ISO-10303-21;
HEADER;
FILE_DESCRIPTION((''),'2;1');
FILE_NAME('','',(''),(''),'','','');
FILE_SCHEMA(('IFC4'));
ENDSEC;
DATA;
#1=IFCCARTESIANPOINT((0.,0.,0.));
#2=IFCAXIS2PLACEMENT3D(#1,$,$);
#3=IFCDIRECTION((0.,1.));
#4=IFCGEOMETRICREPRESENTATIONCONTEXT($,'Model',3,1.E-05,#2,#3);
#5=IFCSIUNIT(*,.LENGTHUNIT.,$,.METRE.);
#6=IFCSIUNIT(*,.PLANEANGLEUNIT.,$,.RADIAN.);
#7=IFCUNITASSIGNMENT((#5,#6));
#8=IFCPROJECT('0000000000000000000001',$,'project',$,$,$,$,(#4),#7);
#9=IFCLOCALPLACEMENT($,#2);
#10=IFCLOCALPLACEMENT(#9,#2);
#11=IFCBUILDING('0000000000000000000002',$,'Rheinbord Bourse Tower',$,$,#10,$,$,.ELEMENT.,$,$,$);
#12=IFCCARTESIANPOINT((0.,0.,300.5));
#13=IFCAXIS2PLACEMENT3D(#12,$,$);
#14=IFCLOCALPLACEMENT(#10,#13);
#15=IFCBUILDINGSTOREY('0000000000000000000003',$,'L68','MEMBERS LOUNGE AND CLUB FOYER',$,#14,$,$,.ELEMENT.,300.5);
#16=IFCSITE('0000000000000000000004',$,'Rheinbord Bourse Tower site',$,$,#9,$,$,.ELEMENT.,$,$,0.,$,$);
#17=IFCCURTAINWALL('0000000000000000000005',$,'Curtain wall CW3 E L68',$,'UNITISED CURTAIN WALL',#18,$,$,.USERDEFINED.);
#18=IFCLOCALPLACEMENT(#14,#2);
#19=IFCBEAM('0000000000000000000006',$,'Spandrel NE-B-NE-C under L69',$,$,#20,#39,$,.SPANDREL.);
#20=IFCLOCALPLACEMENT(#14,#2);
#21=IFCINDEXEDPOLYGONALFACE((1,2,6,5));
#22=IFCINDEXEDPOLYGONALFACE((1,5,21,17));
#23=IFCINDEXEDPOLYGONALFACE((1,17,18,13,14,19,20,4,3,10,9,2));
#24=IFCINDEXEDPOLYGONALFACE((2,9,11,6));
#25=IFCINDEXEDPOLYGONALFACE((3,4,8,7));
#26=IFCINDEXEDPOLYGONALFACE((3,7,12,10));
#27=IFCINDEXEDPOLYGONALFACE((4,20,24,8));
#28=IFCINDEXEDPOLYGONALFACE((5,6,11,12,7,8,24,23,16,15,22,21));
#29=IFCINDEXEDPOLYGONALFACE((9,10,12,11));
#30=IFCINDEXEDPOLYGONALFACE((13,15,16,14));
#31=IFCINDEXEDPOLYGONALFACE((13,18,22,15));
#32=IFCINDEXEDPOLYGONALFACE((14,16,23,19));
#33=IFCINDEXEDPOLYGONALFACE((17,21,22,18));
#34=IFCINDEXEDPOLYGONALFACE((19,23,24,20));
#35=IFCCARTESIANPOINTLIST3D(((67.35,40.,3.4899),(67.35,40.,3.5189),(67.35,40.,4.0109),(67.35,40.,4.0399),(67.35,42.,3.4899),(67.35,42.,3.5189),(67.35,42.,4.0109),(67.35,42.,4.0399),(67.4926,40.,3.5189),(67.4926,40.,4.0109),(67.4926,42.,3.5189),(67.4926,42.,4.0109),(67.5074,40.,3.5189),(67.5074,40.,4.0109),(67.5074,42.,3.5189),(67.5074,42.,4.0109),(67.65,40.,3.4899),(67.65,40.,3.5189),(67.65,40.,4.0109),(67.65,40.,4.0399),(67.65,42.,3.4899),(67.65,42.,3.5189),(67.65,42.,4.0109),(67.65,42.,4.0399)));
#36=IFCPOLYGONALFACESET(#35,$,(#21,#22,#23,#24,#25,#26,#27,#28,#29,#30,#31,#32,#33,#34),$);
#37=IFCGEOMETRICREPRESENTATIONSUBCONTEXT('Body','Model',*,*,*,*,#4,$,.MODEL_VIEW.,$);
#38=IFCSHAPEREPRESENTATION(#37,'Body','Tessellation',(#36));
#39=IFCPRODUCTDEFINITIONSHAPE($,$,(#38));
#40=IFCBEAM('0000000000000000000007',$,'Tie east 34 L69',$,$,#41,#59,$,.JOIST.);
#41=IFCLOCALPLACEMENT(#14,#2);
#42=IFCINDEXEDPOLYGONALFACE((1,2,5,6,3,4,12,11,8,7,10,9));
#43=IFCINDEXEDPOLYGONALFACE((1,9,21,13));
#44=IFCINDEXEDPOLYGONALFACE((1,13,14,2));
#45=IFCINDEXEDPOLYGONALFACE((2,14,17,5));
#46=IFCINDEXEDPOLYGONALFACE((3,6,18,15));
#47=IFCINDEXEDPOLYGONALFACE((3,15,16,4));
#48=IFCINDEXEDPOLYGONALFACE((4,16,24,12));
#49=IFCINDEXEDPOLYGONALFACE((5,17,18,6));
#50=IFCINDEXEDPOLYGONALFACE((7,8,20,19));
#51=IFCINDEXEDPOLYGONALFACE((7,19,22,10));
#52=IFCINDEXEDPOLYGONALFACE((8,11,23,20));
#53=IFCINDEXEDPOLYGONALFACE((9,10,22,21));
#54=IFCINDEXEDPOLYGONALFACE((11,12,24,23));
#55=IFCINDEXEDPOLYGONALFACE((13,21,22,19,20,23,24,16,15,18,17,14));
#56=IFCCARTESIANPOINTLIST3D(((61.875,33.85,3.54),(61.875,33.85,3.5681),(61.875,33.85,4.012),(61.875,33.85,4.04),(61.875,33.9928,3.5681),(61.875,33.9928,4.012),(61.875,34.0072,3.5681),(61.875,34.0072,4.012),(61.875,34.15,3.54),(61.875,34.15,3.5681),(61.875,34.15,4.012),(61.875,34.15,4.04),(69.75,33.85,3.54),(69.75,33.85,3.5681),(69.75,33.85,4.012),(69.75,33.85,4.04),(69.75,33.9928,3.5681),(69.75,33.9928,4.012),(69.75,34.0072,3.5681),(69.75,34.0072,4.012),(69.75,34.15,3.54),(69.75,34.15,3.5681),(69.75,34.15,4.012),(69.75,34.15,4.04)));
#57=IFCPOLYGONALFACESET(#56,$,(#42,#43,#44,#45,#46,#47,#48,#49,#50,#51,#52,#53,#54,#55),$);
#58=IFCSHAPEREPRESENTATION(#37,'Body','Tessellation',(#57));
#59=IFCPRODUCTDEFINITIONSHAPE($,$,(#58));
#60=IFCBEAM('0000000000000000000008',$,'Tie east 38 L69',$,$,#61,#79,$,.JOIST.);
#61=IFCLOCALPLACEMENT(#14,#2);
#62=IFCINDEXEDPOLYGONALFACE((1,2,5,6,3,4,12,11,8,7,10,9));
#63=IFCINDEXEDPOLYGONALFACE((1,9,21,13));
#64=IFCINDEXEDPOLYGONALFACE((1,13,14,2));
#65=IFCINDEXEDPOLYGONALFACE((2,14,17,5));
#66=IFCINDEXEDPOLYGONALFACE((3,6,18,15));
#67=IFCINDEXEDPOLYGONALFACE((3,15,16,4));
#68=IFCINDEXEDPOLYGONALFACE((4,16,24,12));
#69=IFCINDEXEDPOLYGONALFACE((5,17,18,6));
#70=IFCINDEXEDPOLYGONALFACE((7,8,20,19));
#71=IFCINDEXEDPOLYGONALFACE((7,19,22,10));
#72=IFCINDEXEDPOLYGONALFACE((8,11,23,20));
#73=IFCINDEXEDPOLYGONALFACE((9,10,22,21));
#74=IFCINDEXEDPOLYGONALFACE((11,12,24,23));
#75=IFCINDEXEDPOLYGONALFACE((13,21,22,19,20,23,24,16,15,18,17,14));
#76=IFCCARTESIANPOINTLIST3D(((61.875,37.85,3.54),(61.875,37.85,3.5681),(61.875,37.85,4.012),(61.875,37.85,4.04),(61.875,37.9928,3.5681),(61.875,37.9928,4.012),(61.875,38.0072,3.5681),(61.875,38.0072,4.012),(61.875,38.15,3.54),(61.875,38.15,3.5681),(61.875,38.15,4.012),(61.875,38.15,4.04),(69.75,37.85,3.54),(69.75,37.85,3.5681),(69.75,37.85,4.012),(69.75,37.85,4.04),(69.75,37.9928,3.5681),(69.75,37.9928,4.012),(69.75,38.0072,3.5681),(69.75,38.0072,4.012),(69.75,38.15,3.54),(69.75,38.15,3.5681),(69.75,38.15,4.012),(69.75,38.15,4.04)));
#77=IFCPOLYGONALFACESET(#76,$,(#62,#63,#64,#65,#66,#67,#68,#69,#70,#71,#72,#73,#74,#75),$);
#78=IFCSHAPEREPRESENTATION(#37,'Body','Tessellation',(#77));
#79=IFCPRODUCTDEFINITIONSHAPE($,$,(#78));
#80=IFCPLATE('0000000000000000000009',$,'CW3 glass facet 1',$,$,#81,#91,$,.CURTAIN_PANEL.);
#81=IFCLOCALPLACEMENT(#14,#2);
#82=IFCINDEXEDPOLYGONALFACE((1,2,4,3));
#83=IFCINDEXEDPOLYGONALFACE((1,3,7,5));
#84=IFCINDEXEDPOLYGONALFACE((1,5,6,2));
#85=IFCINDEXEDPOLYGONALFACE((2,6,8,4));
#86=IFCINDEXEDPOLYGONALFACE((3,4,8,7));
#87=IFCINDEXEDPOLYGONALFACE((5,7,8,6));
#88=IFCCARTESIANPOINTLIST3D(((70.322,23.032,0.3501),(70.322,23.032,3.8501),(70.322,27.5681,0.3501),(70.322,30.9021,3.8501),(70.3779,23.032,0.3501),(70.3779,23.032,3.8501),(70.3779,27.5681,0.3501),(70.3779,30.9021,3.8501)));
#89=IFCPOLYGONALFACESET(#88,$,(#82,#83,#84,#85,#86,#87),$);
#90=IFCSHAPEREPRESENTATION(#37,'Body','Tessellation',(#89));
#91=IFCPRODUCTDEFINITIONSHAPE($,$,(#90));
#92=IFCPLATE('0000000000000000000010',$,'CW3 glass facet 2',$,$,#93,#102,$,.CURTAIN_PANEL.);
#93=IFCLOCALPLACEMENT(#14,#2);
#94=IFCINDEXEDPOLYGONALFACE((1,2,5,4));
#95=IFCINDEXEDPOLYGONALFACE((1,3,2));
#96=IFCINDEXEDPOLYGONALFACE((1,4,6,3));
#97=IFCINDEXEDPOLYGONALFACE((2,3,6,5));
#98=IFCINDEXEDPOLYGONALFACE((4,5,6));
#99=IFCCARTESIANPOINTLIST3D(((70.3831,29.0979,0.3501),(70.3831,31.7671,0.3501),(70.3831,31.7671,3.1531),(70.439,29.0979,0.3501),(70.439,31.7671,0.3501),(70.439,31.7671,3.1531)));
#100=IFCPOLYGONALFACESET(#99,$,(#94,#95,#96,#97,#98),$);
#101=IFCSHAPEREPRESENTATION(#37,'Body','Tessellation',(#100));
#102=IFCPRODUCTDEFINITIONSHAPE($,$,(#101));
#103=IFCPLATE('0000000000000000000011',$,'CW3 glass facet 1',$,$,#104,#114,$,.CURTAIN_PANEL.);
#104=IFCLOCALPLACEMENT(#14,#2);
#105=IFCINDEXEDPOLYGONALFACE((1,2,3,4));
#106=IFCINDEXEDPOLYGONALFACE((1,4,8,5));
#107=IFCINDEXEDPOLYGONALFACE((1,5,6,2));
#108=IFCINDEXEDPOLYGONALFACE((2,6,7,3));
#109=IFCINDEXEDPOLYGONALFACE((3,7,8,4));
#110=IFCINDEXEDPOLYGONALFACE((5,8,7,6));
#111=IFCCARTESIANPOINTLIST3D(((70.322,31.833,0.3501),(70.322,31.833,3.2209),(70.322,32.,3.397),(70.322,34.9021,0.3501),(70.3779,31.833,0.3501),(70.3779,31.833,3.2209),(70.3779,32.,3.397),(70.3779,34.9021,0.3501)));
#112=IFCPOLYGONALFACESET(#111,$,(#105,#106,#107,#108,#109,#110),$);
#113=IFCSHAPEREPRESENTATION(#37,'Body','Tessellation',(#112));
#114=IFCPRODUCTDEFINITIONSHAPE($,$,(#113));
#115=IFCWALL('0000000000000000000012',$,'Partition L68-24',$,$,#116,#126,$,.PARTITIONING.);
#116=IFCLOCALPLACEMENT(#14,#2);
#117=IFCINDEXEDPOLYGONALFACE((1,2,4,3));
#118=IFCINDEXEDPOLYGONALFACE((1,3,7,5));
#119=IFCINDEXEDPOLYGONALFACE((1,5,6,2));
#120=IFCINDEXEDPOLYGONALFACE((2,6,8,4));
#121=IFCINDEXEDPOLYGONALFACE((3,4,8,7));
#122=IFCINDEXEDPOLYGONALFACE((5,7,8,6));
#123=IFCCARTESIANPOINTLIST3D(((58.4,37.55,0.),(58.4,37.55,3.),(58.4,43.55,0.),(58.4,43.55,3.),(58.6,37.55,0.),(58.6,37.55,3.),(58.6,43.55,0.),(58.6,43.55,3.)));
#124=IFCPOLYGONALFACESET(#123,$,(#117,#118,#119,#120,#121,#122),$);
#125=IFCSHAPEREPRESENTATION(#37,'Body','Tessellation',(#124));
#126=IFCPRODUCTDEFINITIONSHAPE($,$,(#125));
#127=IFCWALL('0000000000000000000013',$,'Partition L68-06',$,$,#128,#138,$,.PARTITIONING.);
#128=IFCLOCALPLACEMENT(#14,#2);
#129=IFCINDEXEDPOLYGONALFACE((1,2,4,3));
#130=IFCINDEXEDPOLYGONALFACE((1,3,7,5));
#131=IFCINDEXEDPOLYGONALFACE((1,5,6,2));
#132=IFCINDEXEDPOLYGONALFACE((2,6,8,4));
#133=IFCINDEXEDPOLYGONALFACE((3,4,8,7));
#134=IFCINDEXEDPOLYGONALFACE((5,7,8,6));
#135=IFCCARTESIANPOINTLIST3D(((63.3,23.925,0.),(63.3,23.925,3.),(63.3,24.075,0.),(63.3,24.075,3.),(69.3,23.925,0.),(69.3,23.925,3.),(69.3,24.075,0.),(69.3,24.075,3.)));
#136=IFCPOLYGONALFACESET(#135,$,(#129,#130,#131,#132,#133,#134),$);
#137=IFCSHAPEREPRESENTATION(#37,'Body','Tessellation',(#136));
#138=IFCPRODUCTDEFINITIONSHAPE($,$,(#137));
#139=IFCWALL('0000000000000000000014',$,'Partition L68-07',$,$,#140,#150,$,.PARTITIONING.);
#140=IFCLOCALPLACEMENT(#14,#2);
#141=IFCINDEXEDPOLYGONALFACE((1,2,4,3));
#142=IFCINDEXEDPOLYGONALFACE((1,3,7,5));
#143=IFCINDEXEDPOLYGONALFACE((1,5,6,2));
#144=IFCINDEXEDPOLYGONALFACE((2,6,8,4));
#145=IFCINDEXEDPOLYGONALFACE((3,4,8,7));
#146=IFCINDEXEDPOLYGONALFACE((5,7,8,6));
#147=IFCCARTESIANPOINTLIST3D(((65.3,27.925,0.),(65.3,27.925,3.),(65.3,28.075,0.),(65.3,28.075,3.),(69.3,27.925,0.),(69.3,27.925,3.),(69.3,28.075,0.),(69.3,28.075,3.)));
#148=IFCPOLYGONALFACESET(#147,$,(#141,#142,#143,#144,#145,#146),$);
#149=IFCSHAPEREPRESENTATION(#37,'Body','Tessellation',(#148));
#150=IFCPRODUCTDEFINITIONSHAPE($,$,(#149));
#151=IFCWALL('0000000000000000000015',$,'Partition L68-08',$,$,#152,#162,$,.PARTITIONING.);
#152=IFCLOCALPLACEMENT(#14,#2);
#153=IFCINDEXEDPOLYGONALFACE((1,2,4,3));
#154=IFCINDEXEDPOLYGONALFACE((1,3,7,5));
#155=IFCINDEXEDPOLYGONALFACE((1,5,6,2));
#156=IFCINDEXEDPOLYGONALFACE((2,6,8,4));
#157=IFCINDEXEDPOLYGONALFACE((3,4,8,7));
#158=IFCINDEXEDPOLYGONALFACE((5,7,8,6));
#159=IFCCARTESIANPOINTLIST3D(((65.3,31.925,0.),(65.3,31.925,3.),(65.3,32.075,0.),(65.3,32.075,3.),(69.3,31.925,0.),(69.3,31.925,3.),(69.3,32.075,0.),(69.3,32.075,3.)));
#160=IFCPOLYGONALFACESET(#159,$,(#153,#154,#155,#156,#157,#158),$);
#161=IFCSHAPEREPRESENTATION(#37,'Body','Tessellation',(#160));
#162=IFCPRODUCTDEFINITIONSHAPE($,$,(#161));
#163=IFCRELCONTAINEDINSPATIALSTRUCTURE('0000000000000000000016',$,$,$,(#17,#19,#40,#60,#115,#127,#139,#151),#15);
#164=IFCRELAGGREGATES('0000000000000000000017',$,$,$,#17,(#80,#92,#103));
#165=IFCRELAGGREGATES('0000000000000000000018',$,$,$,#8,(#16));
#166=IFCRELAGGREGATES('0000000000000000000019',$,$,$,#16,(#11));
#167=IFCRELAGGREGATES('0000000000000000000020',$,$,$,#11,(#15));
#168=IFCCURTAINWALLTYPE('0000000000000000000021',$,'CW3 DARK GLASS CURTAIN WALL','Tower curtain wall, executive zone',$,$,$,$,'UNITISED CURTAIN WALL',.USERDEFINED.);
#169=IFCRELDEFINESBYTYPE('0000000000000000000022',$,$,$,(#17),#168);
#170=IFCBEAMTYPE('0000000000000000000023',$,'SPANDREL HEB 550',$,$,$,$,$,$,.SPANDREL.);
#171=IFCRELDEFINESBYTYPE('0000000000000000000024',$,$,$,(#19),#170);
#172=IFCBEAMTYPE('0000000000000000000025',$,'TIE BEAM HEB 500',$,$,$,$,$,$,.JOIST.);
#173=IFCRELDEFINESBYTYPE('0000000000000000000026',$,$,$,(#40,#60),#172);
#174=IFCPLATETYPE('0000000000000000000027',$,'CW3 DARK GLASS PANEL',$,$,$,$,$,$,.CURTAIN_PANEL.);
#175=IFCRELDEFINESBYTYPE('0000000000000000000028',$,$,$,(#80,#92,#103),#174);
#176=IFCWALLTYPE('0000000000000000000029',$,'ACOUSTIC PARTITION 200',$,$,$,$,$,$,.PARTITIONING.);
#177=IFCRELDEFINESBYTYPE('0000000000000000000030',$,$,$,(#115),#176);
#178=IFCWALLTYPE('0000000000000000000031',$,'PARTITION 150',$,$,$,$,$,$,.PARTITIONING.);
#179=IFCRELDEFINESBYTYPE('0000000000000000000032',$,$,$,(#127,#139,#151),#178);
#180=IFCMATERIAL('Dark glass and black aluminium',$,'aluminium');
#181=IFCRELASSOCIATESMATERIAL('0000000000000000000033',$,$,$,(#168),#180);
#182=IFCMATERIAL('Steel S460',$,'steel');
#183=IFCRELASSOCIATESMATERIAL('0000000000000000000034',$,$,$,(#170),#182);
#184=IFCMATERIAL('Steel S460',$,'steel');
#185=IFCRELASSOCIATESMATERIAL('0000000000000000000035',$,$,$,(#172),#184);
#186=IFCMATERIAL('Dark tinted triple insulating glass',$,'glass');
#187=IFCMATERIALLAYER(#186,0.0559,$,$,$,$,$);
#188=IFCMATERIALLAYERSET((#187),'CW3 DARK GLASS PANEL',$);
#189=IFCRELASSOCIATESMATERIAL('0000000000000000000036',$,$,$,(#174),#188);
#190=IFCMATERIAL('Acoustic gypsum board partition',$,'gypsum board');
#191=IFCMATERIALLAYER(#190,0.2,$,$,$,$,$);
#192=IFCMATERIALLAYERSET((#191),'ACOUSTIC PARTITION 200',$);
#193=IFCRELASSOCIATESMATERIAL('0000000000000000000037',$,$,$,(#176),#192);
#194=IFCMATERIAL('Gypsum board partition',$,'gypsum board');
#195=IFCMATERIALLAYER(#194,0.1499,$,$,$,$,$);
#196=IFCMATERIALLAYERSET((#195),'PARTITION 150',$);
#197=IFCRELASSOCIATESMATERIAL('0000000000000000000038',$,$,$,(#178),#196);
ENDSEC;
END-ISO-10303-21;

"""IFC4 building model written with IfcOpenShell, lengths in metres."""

from ifc_helpers import new_model, si_unit, direction, frame, frame_2d, origin, origin_2d, place, context, subcontext, project, spatial, polyline, rectangle, i_section, outline, extrude, material, layer, layer_set, material_profile, profile_set, type_object, element, aggregate, save


model = new_model("IFC4")

# Units and contexts
model_context = context("Model", 3, precision=1e-05, world=origin(), true_north=direction((0.0, 1.0)))
body_context = subcontext(model_context, "Body", "Model", "MODEL_VIEW")
ifc_project = project(units=[si_unit("LENGTHUNIT", "METRE"), si_unit("PLANEANGLEUNIT", "RADIAN")], contexts=[model_context])

# Site, building, storey
site_placement = place(None, origin())
site = spatial("IfcSite", under=ifc_project, at=site_placement, Name="Rheinbord Bourse Tower site", CompositionType="ELEMENT", RefElevation=0.0)
building_placement = place(site_placement, origin())
building = spatial("IfcBuilding", under=site, at=building_placement, Name="Rheinbord Bourse Tower", CompositionType="ELEMENT")
storey_placement = place(building_placement, frame((0.0, 0.0, 300.5)))
storey = spatial("IfcBuildingStorey", under=building, at=storey_placement, Name="L68", Description="MEMBERS LOUNGE AND CLUB FOYER", CompositionType="ELEMENT", Elevation=300.5)

# Curtain wall
ifc_material_1 = material(Name="Dark glass and black aluminium", Category="aluminium")
curtain_wall_type = type_object("IfcCurtainWallType", Name="CW3 DARK GLASS CURTAIN WALL", Description="Tower curtain wall, executive zone", ElementType="UNITISED CURTAIN WALL", PredefinedType="USERDEFINED", material=ifc_material_1)
curtain_wall_placement = place(storey_placement, origin())
curtain_wall = element("IfcCurtainWall", 1, at=curtain_wall_placement, inside=storey, type_object=curtain_wall_type, Name="Curtain wall CW3 E L68", ObjectType="UNITISED CURTAIN WALL", PredefinedType="USERDEFINED")

# Beams
ifc_material_2 = material(Name="Steel S460", Category="steel")
ifc_material_profile_1 = material_profile(ifc_material_2, i_section(OverallWidth=0.3, OverallDepth=0.55, WebThickness=0.0149, FlangeThickness=0.0291, at=origin_2d()), Name="HEB 550")
ifc_profile_set_1 = profile_set([ifc_material_profile_1], Name="Steel S460")
beam_type_1 = type_object("IfcBeamType", Name="SPANDREL HEB 550", PredefinedType="SPANDREL", material=ifc_profile_set_1)
beam_placement = place(storey_placement, frame((67.5, 40.0, 3.7649), z_axis=(0.0, 1.0, 0.0), x_axis=(-1.0, 0.0, 0.0)))
element("IfcBeam", 2, at=beam_placement, inside=storey, type_object=beam_type_1, Name="Spandrel NE-B-NE-C under L69", PredefinedType="SPANDREL", context=body_context, shape_type="SweptSolid", body=[
    extrude(i_section(OverallWidth=0.3, OverallDepth=0.55, WebThickness=0.0149, FlangeThickness=0.0291, at=origin_2d()), origin(), (0.0, 0.0, 1.0), 2.0),
])
ifc_material_3 = material(Name="Steel S460", Category="steel")
ifc_material_profile_2 = material_profile(ifc_material_3, i_section(OverallWidth=0.3, OverallDepth=0.5, WebThickness=0.0144, FlangeThickness=0.0281, at=origin_2d()), Name="HEB 500")
ifc_profile_set_2 = profile_set([ifc_material_profile_2], Name="Steel S460")
beam_type_2 = type_object("IfcBeamType", Name="TIE BEAM HEB 500", PredefinedType="JOIST", material=ifc_profile_set_2)
for number, where, z_axis, x_axis, name in (
    (3, (61.875, 34.0, 3.79), (1.0, 0.0, 0.0), (0.0, 1.0, 0.0), "Tie east 34 L69"),
    (4, (61.875, 38.0, 3.79), (1.0, 0.0, 0.0), (0.0, 1.0, 0.0), "Tie east 38 L69"),
):
    element("IfcBeam", number, at=place(storey_placement, frame(where, z_axis=z_axis, x_axis=x_axis)), inside=storey, type_object=beam_type_2, Name=name, PredefinedType="JOIST", context=body_context, shape_type="SweptSolid", body=[
        extrude(i_section(OverallWidth=0.3, OverallDepth=0.5, WebThickness=0.0144, FlangeThickness=0.0281, at=origin_2d()), origin(), (0.0, 0.0, 1.0), 7.875),
    ])

# Plates
ifc_material_4 = material(Name="Dark tinted triple insulating glass", Category="glass")
ifc_layer_1 = layer(ifc_material_4, 0.0559)
ifc_layer_set_1 = layer_set([ifc_layer_1], Name="CW3 DARK GLASS PANEL")
plate_type = type_object("IfcPlateType", Name="CW3 DARK GLASS PANEL", PredefinedType="CURTAIN_PANEL", material=ifc_layer_set_1)
plate_1_placement = place(storey_placement, frame((70.3779, 23.032, 0.3501), z_axis=(-1.0, 0.0, 0.0), x_axis=(0.0, 0.0, 1.0)))
plate_1 = element("IfcPlate", 5, at=plate_1_placement, type_object=plate_type, Name="CW3 glass facet 1", PredefinedType="CURTAIN_PANEL", context=body_context, shape_type="SweptSolid", body=[
    extrude(outline(polyline([(0.0, 0.0), (3.5, 0.0), (3.5, 7.8701), (0.0, 4.5361), (0.0, 0.0)])), origin(), (0.0, 0.0, 1.0), 0.0559),
])
plate_2_placement = place(storey_placement, frame((70.439, 31.7671, 0.3501), z_axis=(-1.0, 0.0, 0.0), x_axis=(0.0, -1.0, 0.0)))
plate_2 = element("IfcPlate", 6, at=plate_2_placement, type_object=plate_type, Name="CW3 glass facet 2", PredefinedType="CURTAIN_PANEL", context=body_context, shape_type="SweptSolid", body=[
    extrude(outline(polyline([(0.0, 0.0), (2.6692, 0.0), (0.0, 2.803), (0.0, 0.0)])), origin(), (0.0, 0.0, 1.0), 0.0559),
])
plate_3_placement = place(storey_placement, frame((70.3779, 31.833, 0.3501), z_axis=(-1.0, 0.0, 0.0), x_axis=(0.0, 0.0, 1.0)))
plate_3 = element("IfcPlate", 7, at=plate_3_placement, type_object=plate_type, Name="CW3 glass facet 1", PredefinedType="CURTAIN_PANEL", context=body_context, shape_type="SweptSolid", body=[
    extrude(outline(polyline([(0.0, 0.0), (2.8708, 0.0), (3.0469, 0.167), (0.0, 3.0691), (0.0, 0.0)])), origin(), (0.0, 0.0, 1.0), 0.0559),
])
aggregate(curtain_wall, [plate_1, plate_2, plate_3])

# Walls
ifc_material_5 = material(Name="Acoustic gypsum board partition", Category="gypsum board")
ifc_layer_2 = layer(ifc_material_5, 0.2)
ifc_layer_set_2 = layer_set([ifc_layer_2], Name="ACOUSTIC PARTITION 200")
wall_type_1 = type_object("IfcWallType", Name="ACOUSTIC PARTITION 200", PredefinedType="PARTITIONING", material=ifc_layer_set_2)
wall_1_placement = place(storey_placement, frame((58.5, 37.55, 0.0), z_axis=(0.0, 0.0, 1.0), x_axis=(0.0, 1.0, 0.0)))
element("IfcWall", 8, at=wall_1_placement, inside=storey, type_object=wall_type_1, Name="Partition L68-24", PredefinedType="PARTITIONING", context=body_context, shape_type="SweptSolid", body=[
    extrude(rectangle(XDim=6.0, YDim=0.2, at=frame_2d((3.0, 0.0))), origin(), (0.0, 0.0, 1.0), 3.0),
])
ifc_material_6 = material(Name="Gypsum board partition", Category="gypsum board")
ifc_layer_3 = layer(ifc_material_6, 0.1499)
ifc_layer_set_3 = layer_set([ifc_layer_3], Name="PARTITION 150")
wall_type_2 = type_object("IfcWallType", Name="PARTITION 150", PredefinedType="PARTITIONING", material=ifc_layer_set_3)
wall_2_placement = place(storey_placement, frame((63.3, 24.0, 0.0), z_axis=(0.0, 0.0, 1.0), x_axis=(1.0, 0.0, 0.0)))
element("IfcWall", 9, at=wall_2_placement, inside=storey, type_object=wall_type_2, Name="Partition L68-06", PredefinedType="PARTITIONING", context=body_context, shape_type="SweptSolid", body=[
    extrude(rectangle(XDim=6.0, YDim=0.1499, at=frame_2d((3.0, 0.0))), origin(), (0.0, 0.0, 1.0), 3.0),
])
for number, where, z_axis, x_axis, name in (
    (10, (65.3, 28.0, 0.0), (0.0, 0.0, 1.0), (1.0, 0.0, 0.0), "Partition L68-07"),
    (11, (65.3, 32.0, 0.0), (0.0, 0.0, 1.0), (1.0, 0.0, 0.0), "Partition L68-08"),
):
    element("IfcWall", number, at=place(storey_placement, frame(where, z_axis=z_axis, x_axis=x_axis)), inside=storey, type_object=wall_type_2, Name=name, PredefinedType="PARTITIONING", context=body_context, shape_type="SweptSolid", body=[
        extrude(rectangle(XDim=4.0, YDim=0.1499, at=frame_2d((2.0, 0.0))), origin(), (0.0, 0.0, 1.0), 3.0),
    ])

save(model, "model.ifc")
